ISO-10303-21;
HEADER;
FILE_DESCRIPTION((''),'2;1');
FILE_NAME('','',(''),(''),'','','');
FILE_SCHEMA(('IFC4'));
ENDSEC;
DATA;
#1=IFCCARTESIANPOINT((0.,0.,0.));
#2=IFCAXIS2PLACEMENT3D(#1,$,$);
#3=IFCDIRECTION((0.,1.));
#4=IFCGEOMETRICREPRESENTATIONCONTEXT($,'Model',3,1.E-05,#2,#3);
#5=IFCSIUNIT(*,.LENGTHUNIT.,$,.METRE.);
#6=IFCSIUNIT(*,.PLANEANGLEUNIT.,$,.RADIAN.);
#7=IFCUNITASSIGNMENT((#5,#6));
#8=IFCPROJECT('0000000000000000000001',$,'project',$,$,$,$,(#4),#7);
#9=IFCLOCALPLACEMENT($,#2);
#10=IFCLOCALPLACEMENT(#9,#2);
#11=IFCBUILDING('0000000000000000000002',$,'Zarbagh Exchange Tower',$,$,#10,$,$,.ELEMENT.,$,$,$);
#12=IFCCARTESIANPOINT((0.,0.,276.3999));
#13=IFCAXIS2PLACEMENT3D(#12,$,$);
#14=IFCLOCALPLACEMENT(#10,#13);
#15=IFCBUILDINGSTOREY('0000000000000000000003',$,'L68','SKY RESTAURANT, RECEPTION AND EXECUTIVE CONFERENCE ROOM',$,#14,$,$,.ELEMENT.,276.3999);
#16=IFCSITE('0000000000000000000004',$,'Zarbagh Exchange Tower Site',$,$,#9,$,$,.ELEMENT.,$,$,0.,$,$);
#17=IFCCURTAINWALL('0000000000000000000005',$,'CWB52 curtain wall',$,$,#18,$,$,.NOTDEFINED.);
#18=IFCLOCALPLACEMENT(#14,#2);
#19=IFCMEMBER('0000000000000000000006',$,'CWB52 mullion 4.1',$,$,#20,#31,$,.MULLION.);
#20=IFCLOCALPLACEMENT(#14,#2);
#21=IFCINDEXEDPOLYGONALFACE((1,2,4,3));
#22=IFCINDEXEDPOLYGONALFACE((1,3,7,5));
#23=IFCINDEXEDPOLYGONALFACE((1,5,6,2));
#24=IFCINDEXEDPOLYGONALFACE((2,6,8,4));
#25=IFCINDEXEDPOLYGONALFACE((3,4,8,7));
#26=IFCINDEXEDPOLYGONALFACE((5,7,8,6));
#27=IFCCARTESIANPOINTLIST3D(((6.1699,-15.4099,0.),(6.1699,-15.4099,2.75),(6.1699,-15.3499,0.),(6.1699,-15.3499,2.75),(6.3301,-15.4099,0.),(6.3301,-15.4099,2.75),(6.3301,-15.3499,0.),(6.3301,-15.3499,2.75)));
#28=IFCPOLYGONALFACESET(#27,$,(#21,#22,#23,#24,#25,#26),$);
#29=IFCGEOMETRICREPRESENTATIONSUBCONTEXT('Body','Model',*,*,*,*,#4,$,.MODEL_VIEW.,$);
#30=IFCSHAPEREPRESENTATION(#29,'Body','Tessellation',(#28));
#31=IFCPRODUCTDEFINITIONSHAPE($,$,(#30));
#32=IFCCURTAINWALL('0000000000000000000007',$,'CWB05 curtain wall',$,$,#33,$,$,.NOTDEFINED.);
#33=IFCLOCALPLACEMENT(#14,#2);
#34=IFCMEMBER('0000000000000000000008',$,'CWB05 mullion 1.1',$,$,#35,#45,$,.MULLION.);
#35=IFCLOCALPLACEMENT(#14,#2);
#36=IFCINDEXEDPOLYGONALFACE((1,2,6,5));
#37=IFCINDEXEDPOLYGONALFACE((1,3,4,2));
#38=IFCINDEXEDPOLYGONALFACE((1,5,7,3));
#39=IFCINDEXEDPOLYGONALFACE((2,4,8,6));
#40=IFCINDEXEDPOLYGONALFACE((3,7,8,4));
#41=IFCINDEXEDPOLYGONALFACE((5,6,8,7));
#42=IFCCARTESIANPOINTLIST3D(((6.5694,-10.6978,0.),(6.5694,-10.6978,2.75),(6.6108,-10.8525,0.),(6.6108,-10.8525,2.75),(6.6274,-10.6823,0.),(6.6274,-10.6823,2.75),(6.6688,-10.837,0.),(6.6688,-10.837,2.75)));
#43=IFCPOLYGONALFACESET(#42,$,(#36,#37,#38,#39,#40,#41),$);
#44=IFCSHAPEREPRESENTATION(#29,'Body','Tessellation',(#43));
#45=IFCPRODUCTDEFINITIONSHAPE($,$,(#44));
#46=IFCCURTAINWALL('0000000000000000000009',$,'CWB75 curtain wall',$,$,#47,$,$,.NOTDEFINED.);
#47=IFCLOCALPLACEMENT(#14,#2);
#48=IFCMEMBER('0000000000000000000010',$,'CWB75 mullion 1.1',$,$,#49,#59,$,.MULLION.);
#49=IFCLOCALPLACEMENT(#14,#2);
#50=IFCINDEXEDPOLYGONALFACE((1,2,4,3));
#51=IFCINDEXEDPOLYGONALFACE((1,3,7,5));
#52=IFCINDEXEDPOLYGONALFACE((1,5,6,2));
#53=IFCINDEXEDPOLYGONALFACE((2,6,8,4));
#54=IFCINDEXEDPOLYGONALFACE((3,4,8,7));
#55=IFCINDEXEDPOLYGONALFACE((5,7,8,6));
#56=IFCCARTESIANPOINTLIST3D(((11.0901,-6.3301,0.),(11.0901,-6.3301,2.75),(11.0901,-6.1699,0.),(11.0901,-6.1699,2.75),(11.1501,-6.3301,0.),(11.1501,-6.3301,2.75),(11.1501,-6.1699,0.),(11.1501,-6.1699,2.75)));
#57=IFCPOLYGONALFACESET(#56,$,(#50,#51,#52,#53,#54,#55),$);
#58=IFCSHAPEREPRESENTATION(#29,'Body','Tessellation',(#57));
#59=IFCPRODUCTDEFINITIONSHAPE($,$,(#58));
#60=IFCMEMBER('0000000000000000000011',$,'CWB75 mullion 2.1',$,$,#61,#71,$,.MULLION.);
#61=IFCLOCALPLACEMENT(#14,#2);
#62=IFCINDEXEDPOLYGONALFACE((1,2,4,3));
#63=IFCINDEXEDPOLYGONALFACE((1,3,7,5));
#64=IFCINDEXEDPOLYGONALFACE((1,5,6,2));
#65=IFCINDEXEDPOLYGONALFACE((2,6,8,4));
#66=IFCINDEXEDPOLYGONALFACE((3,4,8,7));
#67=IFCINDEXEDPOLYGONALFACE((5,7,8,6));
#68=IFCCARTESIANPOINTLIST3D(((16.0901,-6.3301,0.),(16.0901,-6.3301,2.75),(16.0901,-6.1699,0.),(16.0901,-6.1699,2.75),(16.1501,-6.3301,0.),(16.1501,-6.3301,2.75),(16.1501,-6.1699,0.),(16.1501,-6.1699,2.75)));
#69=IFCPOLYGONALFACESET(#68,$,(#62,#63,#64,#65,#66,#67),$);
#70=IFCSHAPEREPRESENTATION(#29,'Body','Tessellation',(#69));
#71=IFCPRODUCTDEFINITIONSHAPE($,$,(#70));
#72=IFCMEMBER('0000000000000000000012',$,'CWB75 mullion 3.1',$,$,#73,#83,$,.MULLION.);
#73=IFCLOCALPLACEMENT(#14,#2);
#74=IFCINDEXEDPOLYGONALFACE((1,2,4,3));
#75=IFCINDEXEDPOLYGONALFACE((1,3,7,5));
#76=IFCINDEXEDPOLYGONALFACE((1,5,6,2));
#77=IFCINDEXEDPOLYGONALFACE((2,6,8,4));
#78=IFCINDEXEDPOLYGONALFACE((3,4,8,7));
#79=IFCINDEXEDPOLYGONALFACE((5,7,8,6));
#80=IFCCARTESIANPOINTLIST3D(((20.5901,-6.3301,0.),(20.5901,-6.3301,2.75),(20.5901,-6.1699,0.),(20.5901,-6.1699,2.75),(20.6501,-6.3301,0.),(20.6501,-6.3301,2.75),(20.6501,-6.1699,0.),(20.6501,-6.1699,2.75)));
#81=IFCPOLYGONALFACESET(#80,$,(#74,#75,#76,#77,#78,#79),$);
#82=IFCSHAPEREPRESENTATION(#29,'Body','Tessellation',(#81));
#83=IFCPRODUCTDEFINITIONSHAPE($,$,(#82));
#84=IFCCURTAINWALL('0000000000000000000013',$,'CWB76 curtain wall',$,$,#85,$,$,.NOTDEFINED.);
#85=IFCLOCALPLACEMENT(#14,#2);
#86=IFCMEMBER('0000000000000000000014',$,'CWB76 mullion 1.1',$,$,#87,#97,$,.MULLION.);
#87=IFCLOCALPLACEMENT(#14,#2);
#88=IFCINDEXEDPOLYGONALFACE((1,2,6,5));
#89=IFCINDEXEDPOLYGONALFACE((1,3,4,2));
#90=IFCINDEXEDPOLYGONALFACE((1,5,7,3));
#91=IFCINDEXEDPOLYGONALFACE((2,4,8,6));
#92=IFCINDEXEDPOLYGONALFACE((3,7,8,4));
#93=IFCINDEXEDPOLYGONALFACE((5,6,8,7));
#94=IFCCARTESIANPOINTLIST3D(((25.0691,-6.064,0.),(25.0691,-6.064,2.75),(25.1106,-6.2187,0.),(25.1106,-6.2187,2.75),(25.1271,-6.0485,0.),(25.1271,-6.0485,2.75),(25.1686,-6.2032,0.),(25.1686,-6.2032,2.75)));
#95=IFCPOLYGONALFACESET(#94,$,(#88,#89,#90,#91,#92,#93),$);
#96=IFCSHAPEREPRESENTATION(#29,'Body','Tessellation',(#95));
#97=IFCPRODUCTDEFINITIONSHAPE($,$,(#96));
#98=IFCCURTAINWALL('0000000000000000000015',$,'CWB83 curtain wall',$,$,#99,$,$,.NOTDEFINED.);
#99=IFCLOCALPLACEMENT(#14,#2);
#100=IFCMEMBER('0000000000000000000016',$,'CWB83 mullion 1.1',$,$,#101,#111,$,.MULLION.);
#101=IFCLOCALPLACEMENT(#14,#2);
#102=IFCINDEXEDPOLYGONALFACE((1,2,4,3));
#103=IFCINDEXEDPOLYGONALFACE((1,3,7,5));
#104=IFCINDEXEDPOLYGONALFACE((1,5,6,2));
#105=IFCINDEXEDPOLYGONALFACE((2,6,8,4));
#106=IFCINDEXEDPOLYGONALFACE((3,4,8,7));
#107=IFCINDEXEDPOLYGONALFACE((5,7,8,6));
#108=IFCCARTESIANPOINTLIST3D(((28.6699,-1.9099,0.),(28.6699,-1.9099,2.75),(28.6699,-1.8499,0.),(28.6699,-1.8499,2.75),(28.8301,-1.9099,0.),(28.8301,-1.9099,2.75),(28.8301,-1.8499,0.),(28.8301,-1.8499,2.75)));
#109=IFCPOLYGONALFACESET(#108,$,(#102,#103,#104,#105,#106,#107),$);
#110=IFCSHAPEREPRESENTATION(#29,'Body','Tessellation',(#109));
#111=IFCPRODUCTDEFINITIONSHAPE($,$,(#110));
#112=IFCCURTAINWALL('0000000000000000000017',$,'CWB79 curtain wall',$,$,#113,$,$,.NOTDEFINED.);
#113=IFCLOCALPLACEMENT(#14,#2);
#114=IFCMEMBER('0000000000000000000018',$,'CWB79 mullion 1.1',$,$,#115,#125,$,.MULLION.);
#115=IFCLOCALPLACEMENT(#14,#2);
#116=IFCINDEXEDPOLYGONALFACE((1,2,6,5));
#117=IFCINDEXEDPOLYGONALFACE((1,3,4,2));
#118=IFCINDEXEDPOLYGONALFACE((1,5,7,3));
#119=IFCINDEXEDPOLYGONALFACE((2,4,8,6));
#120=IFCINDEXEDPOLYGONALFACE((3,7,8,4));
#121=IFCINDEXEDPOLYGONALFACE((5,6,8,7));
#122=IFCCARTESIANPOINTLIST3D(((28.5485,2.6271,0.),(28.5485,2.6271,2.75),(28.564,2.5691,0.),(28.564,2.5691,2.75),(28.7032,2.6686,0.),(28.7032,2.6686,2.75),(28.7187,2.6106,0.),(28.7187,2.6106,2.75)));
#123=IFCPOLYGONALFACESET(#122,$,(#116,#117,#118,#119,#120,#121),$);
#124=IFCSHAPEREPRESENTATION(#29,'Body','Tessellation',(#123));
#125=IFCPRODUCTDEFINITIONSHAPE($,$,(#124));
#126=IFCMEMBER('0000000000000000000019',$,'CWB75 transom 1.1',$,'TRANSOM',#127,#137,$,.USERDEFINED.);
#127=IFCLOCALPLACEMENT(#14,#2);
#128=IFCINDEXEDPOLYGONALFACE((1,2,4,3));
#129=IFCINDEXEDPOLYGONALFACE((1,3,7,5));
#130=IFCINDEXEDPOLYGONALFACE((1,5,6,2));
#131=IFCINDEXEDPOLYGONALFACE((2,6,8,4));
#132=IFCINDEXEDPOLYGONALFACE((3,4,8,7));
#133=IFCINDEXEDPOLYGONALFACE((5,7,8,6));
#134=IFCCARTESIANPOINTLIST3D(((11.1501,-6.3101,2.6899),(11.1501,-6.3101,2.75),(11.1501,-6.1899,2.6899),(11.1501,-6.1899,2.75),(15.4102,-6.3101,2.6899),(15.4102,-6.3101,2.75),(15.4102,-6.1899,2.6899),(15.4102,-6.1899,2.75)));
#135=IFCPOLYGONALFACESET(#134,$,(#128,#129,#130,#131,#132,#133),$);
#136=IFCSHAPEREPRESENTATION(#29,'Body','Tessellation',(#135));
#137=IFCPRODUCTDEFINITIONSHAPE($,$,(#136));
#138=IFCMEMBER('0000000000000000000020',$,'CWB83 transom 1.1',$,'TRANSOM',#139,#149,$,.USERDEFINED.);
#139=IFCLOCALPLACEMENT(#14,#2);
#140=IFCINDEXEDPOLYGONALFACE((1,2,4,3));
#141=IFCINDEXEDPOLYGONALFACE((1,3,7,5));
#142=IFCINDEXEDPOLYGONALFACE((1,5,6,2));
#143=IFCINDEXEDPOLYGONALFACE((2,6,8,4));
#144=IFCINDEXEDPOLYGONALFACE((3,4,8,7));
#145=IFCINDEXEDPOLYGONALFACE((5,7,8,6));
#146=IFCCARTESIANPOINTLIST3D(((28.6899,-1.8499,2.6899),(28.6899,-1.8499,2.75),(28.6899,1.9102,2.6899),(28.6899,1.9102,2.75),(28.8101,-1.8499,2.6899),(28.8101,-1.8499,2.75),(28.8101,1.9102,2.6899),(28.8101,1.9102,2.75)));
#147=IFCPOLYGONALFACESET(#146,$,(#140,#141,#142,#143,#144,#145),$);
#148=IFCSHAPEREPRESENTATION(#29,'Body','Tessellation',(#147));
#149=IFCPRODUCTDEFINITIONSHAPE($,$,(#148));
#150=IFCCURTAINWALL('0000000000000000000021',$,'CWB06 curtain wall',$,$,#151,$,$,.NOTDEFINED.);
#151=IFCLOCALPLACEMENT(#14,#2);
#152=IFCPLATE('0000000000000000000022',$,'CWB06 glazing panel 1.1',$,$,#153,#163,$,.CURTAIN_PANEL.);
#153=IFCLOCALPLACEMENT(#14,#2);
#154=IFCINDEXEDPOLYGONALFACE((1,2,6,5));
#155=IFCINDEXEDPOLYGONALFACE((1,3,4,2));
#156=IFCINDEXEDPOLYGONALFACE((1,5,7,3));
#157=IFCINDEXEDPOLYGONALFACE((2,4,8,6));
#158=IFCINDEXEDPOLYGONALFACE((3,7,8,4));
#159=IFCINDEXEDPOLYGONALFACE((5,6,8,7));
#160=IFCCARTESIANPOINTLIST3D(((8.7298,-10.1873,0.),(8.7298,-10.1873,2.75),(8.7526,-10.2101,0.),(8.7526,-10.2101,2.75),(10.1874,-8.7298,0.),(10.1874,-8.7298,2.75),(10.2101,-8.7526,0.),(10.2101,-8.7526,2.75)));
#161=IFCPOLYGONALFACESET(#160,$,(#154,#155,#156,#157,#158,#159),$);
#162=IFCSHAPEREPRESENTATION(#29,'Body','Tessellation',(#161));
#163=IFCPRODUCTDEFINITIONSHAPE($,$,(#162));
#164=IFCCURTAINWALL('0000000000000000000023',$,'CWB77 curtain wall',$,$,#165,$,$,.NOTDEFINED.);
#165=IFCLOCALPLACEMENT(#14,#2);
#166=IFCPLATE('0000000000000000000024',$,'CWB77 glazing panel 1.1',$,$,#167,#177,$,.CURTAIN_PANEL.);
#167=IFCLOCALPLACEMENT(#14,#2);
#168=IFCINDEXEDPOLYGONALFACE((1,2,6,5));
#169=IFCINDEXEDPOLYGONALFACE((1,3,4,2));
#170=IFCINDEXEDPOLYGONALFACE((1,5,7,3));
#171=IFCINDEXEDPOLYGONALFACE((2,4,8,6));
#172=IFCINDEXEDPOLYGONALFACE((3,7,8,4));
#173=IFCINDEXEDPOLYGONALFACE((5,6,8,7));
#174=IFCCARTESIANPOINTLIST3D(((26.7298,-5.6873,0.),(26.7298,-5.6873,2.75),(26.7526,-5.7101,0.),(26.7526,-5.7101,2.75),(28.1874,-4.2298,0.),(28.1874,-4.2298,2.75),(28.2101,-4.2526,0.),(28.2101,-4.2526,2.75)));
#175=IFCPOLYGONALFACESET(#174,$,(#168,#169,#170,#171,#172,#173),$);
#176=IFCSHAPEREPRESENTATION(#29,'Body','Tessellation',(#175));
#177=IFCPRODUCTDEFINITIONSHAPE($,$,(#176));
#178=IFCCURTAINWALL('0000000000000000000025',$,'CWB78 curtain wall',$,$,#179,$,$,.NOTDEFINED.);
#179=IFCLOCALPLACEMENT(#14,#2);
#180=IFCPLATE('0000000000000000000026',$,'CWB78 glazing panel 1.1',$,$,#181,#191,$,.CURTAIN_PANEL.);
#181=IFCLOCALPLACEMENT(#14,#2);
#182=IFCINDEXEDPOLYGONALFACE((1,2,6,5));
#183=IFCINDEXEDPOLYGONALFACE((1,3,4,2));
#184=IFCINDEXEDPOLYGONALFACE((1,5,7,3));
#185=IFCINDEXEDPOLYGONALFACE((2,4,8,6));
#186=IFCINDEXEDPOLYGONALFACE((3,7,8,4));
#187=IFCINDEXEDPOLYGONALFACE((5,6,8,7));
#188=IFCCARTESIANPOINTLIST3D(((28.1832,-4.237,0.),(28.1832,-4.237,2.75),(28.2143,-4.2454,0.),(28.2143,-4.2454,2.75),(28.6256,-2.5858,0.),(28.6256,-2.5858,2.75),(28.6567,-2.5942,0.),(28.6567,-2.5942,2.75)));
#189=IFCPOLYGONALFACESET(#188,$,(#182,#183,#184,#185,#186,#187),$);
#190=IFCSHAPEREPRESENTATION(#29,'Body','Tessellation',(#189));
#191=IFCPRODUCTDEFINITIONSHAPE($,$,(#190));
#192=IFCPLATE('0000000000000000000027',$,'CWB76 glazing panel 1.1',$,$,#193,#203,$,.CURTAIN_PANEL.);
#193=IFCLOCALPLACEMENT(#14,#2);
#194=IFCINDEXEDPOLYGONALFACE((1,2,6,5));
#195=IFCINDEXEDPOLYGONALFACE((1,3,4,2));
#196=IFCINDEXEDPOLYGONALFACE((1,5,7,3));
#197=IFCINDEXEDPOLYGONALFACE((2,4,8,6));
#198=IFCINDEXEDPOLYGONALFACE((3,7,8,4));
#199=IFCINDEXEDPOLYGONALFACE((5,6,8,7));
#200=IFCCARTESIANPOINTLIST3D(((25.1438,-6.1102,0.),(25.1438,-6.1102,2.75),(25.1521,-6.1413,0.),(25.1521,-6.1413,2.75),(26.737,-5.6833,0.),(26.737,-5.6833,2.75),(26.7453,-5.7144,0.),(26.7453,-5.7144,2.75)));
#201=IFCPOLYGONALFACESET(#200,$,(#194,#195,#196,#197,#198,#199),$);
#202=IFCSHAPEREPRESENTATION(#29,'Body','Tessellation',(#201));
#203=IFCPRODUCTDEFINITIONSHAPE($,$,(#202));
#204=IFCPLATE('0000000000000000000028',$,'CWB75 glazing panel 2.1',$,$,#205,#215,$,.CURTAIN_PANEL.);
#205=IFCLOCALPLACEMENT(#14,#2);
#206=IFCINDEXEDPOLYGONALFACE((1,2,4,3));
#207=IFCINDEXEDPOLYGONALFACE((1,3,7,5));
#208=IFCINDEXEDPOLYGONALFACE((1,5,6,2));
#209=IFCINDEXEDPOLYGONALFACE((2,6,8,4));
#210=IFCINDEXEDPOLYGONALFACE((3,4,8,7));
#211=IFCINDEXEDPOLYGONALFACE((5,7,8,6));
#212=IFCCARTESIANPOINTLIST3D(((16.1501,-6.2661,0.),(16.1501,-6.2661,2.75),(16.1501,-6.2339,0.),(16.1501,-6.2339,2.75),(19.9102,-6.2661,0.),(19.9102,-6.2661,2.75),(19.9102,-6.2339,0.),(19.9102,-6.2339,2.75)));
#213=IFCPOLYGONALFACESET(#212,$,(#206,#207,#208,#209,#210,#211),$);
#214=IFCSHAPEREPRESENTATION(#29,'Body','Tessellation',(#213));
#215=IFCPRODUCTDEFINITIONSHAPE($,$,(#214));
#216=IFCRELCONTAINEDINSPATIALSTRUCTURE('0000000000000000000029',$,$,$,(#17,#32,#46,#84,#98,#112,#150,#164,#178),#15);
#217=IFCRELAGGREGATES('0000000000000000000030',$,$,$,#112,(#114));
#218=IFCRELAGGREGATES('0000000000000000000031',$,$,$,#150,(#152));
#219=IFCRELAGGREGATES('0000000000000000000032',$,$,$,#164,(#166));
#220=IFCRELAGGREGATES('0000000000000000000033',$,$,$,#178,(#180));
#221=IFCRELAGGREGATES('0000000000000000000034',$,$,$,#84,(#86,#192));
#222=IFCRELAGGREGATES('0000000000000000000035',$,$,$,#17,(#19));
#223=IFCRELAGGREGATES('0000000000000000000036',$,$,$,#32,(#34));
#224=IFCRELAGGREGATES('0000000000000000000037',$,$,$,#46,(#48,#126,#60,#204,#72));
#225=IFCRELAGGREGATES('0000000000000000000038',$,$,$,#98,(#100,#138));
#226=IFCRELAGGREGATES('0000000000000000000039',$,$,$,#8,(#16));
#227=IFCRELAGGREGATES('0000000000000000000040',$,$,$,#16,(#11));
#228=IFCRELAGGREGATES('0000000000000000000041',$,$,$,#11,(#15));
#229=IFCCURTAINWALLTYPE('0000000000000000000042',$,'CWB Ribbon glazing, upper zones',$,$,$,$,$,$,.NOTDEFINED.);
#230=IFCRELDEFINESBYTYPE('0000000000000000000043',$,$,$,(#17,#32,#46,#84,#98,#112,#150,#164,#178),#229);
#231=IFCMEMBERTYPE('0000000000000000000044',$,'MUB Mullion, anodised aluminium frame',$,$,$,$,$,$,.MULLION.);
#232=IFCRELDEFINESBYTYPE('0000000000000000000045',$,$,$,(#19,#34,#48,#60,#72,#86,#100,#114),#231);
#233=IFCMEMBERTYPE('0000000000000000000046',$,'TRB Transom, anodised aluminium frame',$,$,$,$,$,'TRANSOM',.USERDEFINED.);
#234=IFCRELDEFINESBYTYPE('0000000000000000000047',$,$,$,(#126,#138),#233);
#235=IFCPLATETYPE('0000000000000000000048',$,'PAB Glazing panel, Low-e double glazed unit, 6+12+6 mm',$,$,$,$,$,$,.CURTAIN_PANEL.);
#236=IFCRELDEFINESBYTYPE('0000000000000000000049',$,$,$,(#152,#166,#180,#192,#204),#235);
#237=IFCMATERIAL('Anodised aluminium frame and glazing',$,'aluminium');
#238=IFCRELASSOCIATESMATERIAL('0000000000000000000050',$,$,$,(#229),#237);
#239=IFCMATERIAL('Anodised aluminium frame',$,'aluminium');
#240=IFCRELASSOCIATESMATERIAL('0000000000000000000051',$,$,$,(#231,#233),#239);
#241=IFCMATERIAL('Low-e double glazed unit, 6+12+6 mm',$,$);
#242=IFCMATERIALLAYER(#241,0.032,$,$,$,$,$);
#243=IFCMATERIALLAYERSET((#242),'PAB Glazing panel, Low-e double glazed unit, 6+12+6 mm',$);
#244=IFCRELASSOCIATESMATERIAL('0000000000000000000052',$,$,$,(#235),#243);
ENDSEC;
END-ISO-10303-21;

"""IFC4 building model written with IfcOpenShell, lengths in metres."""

from ifc_helpers import new_model, si_unit, direction, frame, origin, place, context, subcontext, project, spatial, polyline, outline, extrude, source, transform, mapped, material, layer, layer_set, type_object, element, aggregate, save


model = new_model("IFC4")

# Units and contexts
model_context = context("Model", 3, precision=1e-05, world=origin(), true_north=direction((0.0, 1.0)))
body_context = subcontext(model_context, "Body", "Model", "MODEL_VIEW")
ifc_project = project(units=[si_unit("LENGTHUNIT", "METRE"), si_unit("PLANEANGLEUNIT", "RADIAN")], contexts=[model_context])

# Site, building, storey
site_placement = place(None, origin())
site = spatial("IfcSite", under=ifc_project, at=site_placement, Name="Zarbagh Exchange Tower Site", CompositionType="ELEMENT", RefElevation=0.0)
building_placement = place(site_placement, origin())
building = spatial("IfcBuilding", under=site, at=building_placement, Name="Zarbagh Exchange Tower", CompositionType="ELEMENT")
storey_placement = place(building_placement, frame((0.0, 0.0, 276.3999)))
storey = spatial("IfcBuildingStorey", under=building, at=storey_placement, Name="L68", Description="SKY RESTAURANT, RECEPTION AND EXECUTIVE CONFERENCE ROOM", CompositionType="ELEMENT", Elevation=276.3999)

# Curtain walls, members
ifc_material_1 = material(Name="Anodised aluminium frame and glazing", Category="aluminium")
curtain_wall_type = type_object("IfcCurtainWallType", Name="CWB Ribbon glazing, upper zones", PredefinedType="NOTDEFINED", material=ifc_material_1)
curtain_wall_1_placement = place(storey_placement, origin())
curtain_wall_1 = element("IfcCurtainWall", 1, at=curtain_wall_1_placement, inside=storey, type_object=curtain_wall_type, Name="CWB52 curtain wall", PredefinedType="NOTDEFINED")
ifc_material_2 = material(Name="Anodised aluminium frame", Category="aluminium")
member_type_1 = type_object("IfcMemberType", Name="MUB Mullion, anodised aluminium frame", PredefinedType="MULLION", material=ifc_material_2)
shared_shape_1 = source(origin(), body_context, "Body", "SweptSolid", [
    extrude(outline(polyline([(0.0, -0.0801), (0.0601, -0.0801), (0.0601, 0.0801), (0.0, 0.0801), (0.0, -0.0801)])), origin(), (0.0, 0.0, 1.0), 2.75),
])
placement = place(storey_placement, origin())
member_1 = element("IfcMember", 2, at=placement, type_object=member_type_1, Name="CWB52 mullion 4.1", PredefinedType="MULLION", context=body_context, shape_type="MappedRepresentation", body=[
    mapped(shared_shape_1, transform((6.25, -15.4099, 0.0), x_axis=(0.0, 1.0, 0.0), y_axis=(-1.0, 0.0, 0.0), z_axis=(0.0, 0.0, 1.0))),
])
curtain_wall_2_placement = place(storey_placement, origin())
curtain_wall_2 = element("IfcCurtainWall", 3, at=curtain_wall_2_placement, inside=storey, type_object=curtain_wall_type, Name="CWB05 curtain wall", PredefinedType="NOTDEFINED")
member_2 = element("IfcMember", 4, at=placement, type_object=member_type_1, Name="CWB05 mullion 1.1", PredefinedType="MULLION", context=body_context, shape_type="MappedRepresentation", body=[
    mapped(shared_shape_1, transform((6.5901, -10.7751, 0.0), x_axis=(0.965924, 0.258825, 0.0), y_axis=(-0.258825, 0.965924, 0.0), z_axis=(0.0, 0.0, 1.0))),
])

# Curtain wall, members
curtain_wall_3_placement = place(storey_placement, origin())
curtain_wall_3 = element("IfcCurtainWall", 5, at=curtain_wall_3_placement, inside=storey, type_object=curtain_wall_type, Name="CWB75 curtain wall", PredefinedType="NOTDEFINED")
member_3 = element("IfcMember", 6, at=placement, type_object=member_type_1, Name="CWB75 mullion 1.1", PredefinedType="MULLION", context=body_context, shape_type="MappedRepresentation", body=[
    mapped(shared_shape_1, transform((11.0901, -6.25, 0.0), x_axis=(1.0, 0.0, 0.0), y_axis=(0.0, 1.0, 0.0), z_axis=(0.0, 0.0, 1.0))),
])
member_4 = element("IfcMember", 7, at=placement, type_object=member_type_1, Name="CWB75 mullion 2.1", PredefinedType="MULLION", context=body_context, shape_type="MappedRepresentation", body=[
    mapped(shared_shape_1, transform((16.0901, -6.25, 0.0), x_axis=(1.0, 0.0, 0.0), y_axis=(0.0, 1.0, 0.0), z_axis=(0.0, 0.0, 1.0))),
])
member_5 = element("IfcMember", 8, at=placement, type_object=member_type_1, Name="CWB75 mullion 3.1", PredefinedType="MULLION", context=body_context, shape_type="MappedRepresentation", body=[
    mapped(shared_shape_1, transform((20.5901, -6.25, 0.0), x_axis=(1.0, 0.0, 0.0), y_axis=(0.0, 1.0, 0.0), z_axis=(0.0, 0.0, 1.0))),
])

# Curtain walls, members
curtain_wall_4_placement = place(storey_placement, origin())
curtain_wall_4 = element("IfcCurtainWall", 9, at=curtain_wall_4_placement, inside=storey, type_object=curtain_wall_type, Name="CWB76 curtain wall", PredefinedType="NOTDEFINED")
member_6 = element("IfcMember", 10, at=placement, type_object=member_type_1, Name="CWB76 mullion 1.1", PredefinedType="MULLION", context=body_context, shape_type="MappedRepresentation", body=[
    mapped(shared_shape_1, transform((25.0898, -6.1414, 0.0), x_axis=(0.965924, 0.258825, 0.0), y_axis=(-0.258825, 0.965924, 0.0), z_axis=(0.0, 0.0, 1.0))),
])
curtain_wall_5_placement = place(storey_placement, origin())
curtain_wall_5 = element("IfcCurtainWall", 11, at=curtain_wall_5_placement, inside=storey, type_object=curtain_wall_type, Name="CWB83 curtain wall", PredefinedType="NOTDEFINED")
member_7 = element("IfcMember", 12, at=placement, type_object=member_type_1, Name="CWB83 mullion 1.1", PredefinedType="MULLION", context=body_context, shape_type="MappedRepresentation", body=[
    mapped(shared_shape_1, transform((28.75, -1.9099, 0.0), x_axis=(0.0, 1.0, 0.0), y_axis=(-1.0, 0.0, 0.0), z_axis=(0.0, 0.0, 1.0))),
])
curtain_wall_6_placement = place(storey_placement, origin())
curtain_wall_6 = element("IfcCurtainWall", 13, at=curtain_wall_6_placement, inside=storey, type_object=curtain_wall_type, Name="CWB79 curtain wall", PredefinedType="NOTDEFINED")
member_8 = element("IfcMember", 14, at=placement, type_object=member_type_1, Name="CWB79 mullion 1.1", PredefinedType="MULLION", context=body_context, shape_type="MappedRepresentation", body=[
    mapped(shared_shape_1, transform((28.6414, 2.5898, 0.0), x_axis=(-0.258825, 0.965924, 0.0), y_axis=(-0.965924, -0.258825, 0.0), z_axis=(0.0, 0.0, 1.0))),
])
aggregate(curtain_wall_6, [member_8])

# Members
member_type_2 = type_object("IfcMemberType", Name="TRB Transom, anodised aluminium frame", ElementType="TRANSOM", PredefinedType="USERDEFINED", material=ifc_material_2)
shared_shape_2 = source(origin(), body_context, "Body", "SweptSolid", [
    extrude(outline(polyline([(-0.0601, -0.0601), (0.0, -0.0601), (0.0, 0.0601), (-0.0601, 0.0601), (-0.0601, -0.0601)])), origin(), (0.0, 0.0, 1.0), 4.26),
])
member_9 = element("IfcMember", 15, at=placement, type_object=member_type_2, Name="CWB75 transom 1.1", ObjectType="TRANSOM", PredefinedType="USERDEFINED", context=body_context, shape_type="MappedRepresentation", body=[
    mapped(shared_shape_2, transform((11.1501, -6.25, 2.75), x_axis=(0.0, 0.0, 1.0), y_axis=(0.0, -1.0, 0.0), z_axis=(1.0, 0.0, 0.0))),
])
shared_shape_3 = source(origin(), body_context, "Body", "SweptSolid", [
    extrude(outline(polyline([(-0.0601, -0.0601), (0.0, -0.0601), (0.0, 0.0601), (-0.0601, 0.0601), (-0.0601, -0.0601)])), origin(), (0.0, 0.0, 1.0), 3.76),
])
member_10 = element("IfcMember", 16, at=placement, type_object=member_type_2, Name="CWB83 transom 1.1", ObjectType="TRANSOM", PredefinedType="USERDEFINED", context=body_context, shape_type="MappedRepresentation", body=[
    mapped(shared_shape_3, transform((28.75, -1.8499, 2.75), x_axis=(0.0, 0.0, 1.0), y_axis=(1.0, 0.0, 0.0), z_axis=(0.0, 1.0, 0.0))),
])

# Curtain walls, plates
curtain_wall_7_placement = place(storey_placement, origin())
curtain_wall_7 = element("IfcCurtainWall", 17, at=curtain_wall_7_placement, inside=storey, type_object=curtain_wall_type, Name="CWB06 curtain wall", PredefinedType="NOTDEFINED")
ifc_material_3 = material(Name="Low-e double glazed unit, 6+12+6 mm")
ifc_layer = layer(ifc_material_3, 0.032)
ifc_layer_set = layer_set([ifc_layer], Name="PAB Glazing panel, Low-e double glazed unit, 6+12+6 mm")
plate_type = type_object("IfcPlateType", Name="PAB Glazing panel, Low-e double glazed unit, 6+12+6 mm", PredefinedType="CURTAIN_PANEL", material=ifc_layer_set)
shared_shape_4 = source(origin(), body_context, "Body", "SweptSolid", [
    extrude(outline(polyline([(0.0, -0.0161), (2.0613, -0.0161), (2.0613, 0.0161), (0.0, 0.0161), (0.0, -0.0161)])), origin(), (0.0, 0.0, 1.0), 2.75),
])
plate_1 = element("IfcPlate", 18, at=placement, type_object=plate_type, Name="CWB06 glazing panel 1.1", PredefinedType="CURTAIN_PANEL", context=body_context, shape_type="MappedRepresentation", body=[
    mapped(shared_shape_4, transform((8.7412, -10.1987, 0.0), x_axis=(0.707107, 0.707107, 0.0), y_axis=(-0.707107, 0.707107, 0.0), z_axis=(0.0, 0.0, 1.0))),
])
aggregate(curtain_wall_7, [plate_1])
curtain_wall_8_placement = place(storey_placement, origin())
curtain_wall_8 = element("IfcCurtainWall", 19, at=curtain_wall_8_placement, inside=storey, type_object=curtain_wall_type, Name="CWB77 curtain wall", PredefinedType="NOTDEFINED")
plate_2 = element("IfcPlate", 20, at=placement, type_object=plate_type, Name="CWB77 glazing panel 1.1", PredefinedType="CURTAIN_PANEL", context=body_context, shape_type="MappedRepresentation", body=[
    mapped(shared_shape_4, transform((26.7412, -5.6987, 0.0), x_axis=(0.707107, 0.707107, 0.0), y_axis=(-0.707107, 0.707107, 0.0), z_axis=(0.0, 0.0, 1.0))),
])
aggregate(curtain_wall_8, [plate_2])
curtain_wall_9_placement = place(storey_placement, origin())
curtain_wall_9 = element("IfcCurtainWall", 21, at=curtain_wall_9_placement, inside=storey, type_object=curtain_wall_type, Name="CWB78 curtain wall", PredefinedType="NOTDEFINED")
shared_shape_5 = source(origin(), body_context, "Body", "SweptSolid", [
    extrude(outline(polyline([(0.0, -0.0161), (1.7095, -0.0161), (1.7095, 0.0161), (0.0, 0.0161), (0.0, -0.0161)])), origin(), (0.0, 0.0, 1.0), 2.75),
])
plate_3 = element("IfcPlate", 22, at=placement, type_object=plate_type, Name="CWB78 glazing panel 1.1", PredefinedType="CURTAIN_PANEL", context=body_context, shape_type="MappedRepresentation", body=[
    mapped(shared_shape_5, transform((28.1987, -4.2412, 0.0), x_axis=(0.258825, 0.965924, 0.0), y_axis=(-0.965924, 0.258825, 0.0), z_axis=(0.0, 0.0, 1.0))),
])
aggregate(curtain_wall_9, [plate_3])

# Plates
shared_shape_6 = source(origin(), body_context, "Body", "SweptSolid", [
    extrude(outline(polyline([(0.0, -0.0161), (1.6494, -0.0161), (1.6494, 0.0161), (0.0, 0.0161), (0.0, -0.0161)])), origin(), (0.0, 0.0, 1.0), 2.75),
])
plate_4 = element("IfcPlate", 23, at=placement, type_object=plate_type, Name="CWB76 glazing panel 1.1", PredefinedType="CURTAIN_PANEL", context=body_context, shape_type="MappedRepresentation", body=[
    mapped(shared_shape_6, transform((25.1479, -6.1257, 0.0), x_axis=(0.965924, 0.258825, 0.0), y_axis=(-0.258825, 0.965924, 0.0), z_axis=(0.0, 0.0, 1.0))),
])
aggregate(curtain_wall_4, [member_6, plate_4])
shared_shape_7 = source(origin(), body_context, "Body", "SweptSolid", [
    extrude(outline(polyline([(0.0, -0.0161), (3.76, -0.0161), (3.76, 0.0161), (0.0, 0.0161), (0.0, -0.0161)])), origin(), (0.0, 0.0, 1.0), 2.75),
])
plate_5 = element("IfcPlate", 24, at=placement, type_object=plate_type, Name="CWB75 glazing panel 2.1", PredefinedType="CURTAIN_PANEL", context=body_context, shape_type="MappedRepresentation", body=[
    mapped(shared_shape_7, transform((16.1501, -6.25, 0.0), x_axis=(1.0, 0.0, 0.0), y_axis=(0.0, 1.0, 0.0), z_axis=(0.0, 0.0, 1.0))),
])
aggregate(curtain_wall_1, [member_1])
aggregate(curtain_wall_2, [member_2])

aggregate(curtain_wall_3, [member_3, member_9, member_4, plate_5, member_5])
aggregate(curtain_wall_5, [member_7, member_10])

save(model, "model.ifc")
